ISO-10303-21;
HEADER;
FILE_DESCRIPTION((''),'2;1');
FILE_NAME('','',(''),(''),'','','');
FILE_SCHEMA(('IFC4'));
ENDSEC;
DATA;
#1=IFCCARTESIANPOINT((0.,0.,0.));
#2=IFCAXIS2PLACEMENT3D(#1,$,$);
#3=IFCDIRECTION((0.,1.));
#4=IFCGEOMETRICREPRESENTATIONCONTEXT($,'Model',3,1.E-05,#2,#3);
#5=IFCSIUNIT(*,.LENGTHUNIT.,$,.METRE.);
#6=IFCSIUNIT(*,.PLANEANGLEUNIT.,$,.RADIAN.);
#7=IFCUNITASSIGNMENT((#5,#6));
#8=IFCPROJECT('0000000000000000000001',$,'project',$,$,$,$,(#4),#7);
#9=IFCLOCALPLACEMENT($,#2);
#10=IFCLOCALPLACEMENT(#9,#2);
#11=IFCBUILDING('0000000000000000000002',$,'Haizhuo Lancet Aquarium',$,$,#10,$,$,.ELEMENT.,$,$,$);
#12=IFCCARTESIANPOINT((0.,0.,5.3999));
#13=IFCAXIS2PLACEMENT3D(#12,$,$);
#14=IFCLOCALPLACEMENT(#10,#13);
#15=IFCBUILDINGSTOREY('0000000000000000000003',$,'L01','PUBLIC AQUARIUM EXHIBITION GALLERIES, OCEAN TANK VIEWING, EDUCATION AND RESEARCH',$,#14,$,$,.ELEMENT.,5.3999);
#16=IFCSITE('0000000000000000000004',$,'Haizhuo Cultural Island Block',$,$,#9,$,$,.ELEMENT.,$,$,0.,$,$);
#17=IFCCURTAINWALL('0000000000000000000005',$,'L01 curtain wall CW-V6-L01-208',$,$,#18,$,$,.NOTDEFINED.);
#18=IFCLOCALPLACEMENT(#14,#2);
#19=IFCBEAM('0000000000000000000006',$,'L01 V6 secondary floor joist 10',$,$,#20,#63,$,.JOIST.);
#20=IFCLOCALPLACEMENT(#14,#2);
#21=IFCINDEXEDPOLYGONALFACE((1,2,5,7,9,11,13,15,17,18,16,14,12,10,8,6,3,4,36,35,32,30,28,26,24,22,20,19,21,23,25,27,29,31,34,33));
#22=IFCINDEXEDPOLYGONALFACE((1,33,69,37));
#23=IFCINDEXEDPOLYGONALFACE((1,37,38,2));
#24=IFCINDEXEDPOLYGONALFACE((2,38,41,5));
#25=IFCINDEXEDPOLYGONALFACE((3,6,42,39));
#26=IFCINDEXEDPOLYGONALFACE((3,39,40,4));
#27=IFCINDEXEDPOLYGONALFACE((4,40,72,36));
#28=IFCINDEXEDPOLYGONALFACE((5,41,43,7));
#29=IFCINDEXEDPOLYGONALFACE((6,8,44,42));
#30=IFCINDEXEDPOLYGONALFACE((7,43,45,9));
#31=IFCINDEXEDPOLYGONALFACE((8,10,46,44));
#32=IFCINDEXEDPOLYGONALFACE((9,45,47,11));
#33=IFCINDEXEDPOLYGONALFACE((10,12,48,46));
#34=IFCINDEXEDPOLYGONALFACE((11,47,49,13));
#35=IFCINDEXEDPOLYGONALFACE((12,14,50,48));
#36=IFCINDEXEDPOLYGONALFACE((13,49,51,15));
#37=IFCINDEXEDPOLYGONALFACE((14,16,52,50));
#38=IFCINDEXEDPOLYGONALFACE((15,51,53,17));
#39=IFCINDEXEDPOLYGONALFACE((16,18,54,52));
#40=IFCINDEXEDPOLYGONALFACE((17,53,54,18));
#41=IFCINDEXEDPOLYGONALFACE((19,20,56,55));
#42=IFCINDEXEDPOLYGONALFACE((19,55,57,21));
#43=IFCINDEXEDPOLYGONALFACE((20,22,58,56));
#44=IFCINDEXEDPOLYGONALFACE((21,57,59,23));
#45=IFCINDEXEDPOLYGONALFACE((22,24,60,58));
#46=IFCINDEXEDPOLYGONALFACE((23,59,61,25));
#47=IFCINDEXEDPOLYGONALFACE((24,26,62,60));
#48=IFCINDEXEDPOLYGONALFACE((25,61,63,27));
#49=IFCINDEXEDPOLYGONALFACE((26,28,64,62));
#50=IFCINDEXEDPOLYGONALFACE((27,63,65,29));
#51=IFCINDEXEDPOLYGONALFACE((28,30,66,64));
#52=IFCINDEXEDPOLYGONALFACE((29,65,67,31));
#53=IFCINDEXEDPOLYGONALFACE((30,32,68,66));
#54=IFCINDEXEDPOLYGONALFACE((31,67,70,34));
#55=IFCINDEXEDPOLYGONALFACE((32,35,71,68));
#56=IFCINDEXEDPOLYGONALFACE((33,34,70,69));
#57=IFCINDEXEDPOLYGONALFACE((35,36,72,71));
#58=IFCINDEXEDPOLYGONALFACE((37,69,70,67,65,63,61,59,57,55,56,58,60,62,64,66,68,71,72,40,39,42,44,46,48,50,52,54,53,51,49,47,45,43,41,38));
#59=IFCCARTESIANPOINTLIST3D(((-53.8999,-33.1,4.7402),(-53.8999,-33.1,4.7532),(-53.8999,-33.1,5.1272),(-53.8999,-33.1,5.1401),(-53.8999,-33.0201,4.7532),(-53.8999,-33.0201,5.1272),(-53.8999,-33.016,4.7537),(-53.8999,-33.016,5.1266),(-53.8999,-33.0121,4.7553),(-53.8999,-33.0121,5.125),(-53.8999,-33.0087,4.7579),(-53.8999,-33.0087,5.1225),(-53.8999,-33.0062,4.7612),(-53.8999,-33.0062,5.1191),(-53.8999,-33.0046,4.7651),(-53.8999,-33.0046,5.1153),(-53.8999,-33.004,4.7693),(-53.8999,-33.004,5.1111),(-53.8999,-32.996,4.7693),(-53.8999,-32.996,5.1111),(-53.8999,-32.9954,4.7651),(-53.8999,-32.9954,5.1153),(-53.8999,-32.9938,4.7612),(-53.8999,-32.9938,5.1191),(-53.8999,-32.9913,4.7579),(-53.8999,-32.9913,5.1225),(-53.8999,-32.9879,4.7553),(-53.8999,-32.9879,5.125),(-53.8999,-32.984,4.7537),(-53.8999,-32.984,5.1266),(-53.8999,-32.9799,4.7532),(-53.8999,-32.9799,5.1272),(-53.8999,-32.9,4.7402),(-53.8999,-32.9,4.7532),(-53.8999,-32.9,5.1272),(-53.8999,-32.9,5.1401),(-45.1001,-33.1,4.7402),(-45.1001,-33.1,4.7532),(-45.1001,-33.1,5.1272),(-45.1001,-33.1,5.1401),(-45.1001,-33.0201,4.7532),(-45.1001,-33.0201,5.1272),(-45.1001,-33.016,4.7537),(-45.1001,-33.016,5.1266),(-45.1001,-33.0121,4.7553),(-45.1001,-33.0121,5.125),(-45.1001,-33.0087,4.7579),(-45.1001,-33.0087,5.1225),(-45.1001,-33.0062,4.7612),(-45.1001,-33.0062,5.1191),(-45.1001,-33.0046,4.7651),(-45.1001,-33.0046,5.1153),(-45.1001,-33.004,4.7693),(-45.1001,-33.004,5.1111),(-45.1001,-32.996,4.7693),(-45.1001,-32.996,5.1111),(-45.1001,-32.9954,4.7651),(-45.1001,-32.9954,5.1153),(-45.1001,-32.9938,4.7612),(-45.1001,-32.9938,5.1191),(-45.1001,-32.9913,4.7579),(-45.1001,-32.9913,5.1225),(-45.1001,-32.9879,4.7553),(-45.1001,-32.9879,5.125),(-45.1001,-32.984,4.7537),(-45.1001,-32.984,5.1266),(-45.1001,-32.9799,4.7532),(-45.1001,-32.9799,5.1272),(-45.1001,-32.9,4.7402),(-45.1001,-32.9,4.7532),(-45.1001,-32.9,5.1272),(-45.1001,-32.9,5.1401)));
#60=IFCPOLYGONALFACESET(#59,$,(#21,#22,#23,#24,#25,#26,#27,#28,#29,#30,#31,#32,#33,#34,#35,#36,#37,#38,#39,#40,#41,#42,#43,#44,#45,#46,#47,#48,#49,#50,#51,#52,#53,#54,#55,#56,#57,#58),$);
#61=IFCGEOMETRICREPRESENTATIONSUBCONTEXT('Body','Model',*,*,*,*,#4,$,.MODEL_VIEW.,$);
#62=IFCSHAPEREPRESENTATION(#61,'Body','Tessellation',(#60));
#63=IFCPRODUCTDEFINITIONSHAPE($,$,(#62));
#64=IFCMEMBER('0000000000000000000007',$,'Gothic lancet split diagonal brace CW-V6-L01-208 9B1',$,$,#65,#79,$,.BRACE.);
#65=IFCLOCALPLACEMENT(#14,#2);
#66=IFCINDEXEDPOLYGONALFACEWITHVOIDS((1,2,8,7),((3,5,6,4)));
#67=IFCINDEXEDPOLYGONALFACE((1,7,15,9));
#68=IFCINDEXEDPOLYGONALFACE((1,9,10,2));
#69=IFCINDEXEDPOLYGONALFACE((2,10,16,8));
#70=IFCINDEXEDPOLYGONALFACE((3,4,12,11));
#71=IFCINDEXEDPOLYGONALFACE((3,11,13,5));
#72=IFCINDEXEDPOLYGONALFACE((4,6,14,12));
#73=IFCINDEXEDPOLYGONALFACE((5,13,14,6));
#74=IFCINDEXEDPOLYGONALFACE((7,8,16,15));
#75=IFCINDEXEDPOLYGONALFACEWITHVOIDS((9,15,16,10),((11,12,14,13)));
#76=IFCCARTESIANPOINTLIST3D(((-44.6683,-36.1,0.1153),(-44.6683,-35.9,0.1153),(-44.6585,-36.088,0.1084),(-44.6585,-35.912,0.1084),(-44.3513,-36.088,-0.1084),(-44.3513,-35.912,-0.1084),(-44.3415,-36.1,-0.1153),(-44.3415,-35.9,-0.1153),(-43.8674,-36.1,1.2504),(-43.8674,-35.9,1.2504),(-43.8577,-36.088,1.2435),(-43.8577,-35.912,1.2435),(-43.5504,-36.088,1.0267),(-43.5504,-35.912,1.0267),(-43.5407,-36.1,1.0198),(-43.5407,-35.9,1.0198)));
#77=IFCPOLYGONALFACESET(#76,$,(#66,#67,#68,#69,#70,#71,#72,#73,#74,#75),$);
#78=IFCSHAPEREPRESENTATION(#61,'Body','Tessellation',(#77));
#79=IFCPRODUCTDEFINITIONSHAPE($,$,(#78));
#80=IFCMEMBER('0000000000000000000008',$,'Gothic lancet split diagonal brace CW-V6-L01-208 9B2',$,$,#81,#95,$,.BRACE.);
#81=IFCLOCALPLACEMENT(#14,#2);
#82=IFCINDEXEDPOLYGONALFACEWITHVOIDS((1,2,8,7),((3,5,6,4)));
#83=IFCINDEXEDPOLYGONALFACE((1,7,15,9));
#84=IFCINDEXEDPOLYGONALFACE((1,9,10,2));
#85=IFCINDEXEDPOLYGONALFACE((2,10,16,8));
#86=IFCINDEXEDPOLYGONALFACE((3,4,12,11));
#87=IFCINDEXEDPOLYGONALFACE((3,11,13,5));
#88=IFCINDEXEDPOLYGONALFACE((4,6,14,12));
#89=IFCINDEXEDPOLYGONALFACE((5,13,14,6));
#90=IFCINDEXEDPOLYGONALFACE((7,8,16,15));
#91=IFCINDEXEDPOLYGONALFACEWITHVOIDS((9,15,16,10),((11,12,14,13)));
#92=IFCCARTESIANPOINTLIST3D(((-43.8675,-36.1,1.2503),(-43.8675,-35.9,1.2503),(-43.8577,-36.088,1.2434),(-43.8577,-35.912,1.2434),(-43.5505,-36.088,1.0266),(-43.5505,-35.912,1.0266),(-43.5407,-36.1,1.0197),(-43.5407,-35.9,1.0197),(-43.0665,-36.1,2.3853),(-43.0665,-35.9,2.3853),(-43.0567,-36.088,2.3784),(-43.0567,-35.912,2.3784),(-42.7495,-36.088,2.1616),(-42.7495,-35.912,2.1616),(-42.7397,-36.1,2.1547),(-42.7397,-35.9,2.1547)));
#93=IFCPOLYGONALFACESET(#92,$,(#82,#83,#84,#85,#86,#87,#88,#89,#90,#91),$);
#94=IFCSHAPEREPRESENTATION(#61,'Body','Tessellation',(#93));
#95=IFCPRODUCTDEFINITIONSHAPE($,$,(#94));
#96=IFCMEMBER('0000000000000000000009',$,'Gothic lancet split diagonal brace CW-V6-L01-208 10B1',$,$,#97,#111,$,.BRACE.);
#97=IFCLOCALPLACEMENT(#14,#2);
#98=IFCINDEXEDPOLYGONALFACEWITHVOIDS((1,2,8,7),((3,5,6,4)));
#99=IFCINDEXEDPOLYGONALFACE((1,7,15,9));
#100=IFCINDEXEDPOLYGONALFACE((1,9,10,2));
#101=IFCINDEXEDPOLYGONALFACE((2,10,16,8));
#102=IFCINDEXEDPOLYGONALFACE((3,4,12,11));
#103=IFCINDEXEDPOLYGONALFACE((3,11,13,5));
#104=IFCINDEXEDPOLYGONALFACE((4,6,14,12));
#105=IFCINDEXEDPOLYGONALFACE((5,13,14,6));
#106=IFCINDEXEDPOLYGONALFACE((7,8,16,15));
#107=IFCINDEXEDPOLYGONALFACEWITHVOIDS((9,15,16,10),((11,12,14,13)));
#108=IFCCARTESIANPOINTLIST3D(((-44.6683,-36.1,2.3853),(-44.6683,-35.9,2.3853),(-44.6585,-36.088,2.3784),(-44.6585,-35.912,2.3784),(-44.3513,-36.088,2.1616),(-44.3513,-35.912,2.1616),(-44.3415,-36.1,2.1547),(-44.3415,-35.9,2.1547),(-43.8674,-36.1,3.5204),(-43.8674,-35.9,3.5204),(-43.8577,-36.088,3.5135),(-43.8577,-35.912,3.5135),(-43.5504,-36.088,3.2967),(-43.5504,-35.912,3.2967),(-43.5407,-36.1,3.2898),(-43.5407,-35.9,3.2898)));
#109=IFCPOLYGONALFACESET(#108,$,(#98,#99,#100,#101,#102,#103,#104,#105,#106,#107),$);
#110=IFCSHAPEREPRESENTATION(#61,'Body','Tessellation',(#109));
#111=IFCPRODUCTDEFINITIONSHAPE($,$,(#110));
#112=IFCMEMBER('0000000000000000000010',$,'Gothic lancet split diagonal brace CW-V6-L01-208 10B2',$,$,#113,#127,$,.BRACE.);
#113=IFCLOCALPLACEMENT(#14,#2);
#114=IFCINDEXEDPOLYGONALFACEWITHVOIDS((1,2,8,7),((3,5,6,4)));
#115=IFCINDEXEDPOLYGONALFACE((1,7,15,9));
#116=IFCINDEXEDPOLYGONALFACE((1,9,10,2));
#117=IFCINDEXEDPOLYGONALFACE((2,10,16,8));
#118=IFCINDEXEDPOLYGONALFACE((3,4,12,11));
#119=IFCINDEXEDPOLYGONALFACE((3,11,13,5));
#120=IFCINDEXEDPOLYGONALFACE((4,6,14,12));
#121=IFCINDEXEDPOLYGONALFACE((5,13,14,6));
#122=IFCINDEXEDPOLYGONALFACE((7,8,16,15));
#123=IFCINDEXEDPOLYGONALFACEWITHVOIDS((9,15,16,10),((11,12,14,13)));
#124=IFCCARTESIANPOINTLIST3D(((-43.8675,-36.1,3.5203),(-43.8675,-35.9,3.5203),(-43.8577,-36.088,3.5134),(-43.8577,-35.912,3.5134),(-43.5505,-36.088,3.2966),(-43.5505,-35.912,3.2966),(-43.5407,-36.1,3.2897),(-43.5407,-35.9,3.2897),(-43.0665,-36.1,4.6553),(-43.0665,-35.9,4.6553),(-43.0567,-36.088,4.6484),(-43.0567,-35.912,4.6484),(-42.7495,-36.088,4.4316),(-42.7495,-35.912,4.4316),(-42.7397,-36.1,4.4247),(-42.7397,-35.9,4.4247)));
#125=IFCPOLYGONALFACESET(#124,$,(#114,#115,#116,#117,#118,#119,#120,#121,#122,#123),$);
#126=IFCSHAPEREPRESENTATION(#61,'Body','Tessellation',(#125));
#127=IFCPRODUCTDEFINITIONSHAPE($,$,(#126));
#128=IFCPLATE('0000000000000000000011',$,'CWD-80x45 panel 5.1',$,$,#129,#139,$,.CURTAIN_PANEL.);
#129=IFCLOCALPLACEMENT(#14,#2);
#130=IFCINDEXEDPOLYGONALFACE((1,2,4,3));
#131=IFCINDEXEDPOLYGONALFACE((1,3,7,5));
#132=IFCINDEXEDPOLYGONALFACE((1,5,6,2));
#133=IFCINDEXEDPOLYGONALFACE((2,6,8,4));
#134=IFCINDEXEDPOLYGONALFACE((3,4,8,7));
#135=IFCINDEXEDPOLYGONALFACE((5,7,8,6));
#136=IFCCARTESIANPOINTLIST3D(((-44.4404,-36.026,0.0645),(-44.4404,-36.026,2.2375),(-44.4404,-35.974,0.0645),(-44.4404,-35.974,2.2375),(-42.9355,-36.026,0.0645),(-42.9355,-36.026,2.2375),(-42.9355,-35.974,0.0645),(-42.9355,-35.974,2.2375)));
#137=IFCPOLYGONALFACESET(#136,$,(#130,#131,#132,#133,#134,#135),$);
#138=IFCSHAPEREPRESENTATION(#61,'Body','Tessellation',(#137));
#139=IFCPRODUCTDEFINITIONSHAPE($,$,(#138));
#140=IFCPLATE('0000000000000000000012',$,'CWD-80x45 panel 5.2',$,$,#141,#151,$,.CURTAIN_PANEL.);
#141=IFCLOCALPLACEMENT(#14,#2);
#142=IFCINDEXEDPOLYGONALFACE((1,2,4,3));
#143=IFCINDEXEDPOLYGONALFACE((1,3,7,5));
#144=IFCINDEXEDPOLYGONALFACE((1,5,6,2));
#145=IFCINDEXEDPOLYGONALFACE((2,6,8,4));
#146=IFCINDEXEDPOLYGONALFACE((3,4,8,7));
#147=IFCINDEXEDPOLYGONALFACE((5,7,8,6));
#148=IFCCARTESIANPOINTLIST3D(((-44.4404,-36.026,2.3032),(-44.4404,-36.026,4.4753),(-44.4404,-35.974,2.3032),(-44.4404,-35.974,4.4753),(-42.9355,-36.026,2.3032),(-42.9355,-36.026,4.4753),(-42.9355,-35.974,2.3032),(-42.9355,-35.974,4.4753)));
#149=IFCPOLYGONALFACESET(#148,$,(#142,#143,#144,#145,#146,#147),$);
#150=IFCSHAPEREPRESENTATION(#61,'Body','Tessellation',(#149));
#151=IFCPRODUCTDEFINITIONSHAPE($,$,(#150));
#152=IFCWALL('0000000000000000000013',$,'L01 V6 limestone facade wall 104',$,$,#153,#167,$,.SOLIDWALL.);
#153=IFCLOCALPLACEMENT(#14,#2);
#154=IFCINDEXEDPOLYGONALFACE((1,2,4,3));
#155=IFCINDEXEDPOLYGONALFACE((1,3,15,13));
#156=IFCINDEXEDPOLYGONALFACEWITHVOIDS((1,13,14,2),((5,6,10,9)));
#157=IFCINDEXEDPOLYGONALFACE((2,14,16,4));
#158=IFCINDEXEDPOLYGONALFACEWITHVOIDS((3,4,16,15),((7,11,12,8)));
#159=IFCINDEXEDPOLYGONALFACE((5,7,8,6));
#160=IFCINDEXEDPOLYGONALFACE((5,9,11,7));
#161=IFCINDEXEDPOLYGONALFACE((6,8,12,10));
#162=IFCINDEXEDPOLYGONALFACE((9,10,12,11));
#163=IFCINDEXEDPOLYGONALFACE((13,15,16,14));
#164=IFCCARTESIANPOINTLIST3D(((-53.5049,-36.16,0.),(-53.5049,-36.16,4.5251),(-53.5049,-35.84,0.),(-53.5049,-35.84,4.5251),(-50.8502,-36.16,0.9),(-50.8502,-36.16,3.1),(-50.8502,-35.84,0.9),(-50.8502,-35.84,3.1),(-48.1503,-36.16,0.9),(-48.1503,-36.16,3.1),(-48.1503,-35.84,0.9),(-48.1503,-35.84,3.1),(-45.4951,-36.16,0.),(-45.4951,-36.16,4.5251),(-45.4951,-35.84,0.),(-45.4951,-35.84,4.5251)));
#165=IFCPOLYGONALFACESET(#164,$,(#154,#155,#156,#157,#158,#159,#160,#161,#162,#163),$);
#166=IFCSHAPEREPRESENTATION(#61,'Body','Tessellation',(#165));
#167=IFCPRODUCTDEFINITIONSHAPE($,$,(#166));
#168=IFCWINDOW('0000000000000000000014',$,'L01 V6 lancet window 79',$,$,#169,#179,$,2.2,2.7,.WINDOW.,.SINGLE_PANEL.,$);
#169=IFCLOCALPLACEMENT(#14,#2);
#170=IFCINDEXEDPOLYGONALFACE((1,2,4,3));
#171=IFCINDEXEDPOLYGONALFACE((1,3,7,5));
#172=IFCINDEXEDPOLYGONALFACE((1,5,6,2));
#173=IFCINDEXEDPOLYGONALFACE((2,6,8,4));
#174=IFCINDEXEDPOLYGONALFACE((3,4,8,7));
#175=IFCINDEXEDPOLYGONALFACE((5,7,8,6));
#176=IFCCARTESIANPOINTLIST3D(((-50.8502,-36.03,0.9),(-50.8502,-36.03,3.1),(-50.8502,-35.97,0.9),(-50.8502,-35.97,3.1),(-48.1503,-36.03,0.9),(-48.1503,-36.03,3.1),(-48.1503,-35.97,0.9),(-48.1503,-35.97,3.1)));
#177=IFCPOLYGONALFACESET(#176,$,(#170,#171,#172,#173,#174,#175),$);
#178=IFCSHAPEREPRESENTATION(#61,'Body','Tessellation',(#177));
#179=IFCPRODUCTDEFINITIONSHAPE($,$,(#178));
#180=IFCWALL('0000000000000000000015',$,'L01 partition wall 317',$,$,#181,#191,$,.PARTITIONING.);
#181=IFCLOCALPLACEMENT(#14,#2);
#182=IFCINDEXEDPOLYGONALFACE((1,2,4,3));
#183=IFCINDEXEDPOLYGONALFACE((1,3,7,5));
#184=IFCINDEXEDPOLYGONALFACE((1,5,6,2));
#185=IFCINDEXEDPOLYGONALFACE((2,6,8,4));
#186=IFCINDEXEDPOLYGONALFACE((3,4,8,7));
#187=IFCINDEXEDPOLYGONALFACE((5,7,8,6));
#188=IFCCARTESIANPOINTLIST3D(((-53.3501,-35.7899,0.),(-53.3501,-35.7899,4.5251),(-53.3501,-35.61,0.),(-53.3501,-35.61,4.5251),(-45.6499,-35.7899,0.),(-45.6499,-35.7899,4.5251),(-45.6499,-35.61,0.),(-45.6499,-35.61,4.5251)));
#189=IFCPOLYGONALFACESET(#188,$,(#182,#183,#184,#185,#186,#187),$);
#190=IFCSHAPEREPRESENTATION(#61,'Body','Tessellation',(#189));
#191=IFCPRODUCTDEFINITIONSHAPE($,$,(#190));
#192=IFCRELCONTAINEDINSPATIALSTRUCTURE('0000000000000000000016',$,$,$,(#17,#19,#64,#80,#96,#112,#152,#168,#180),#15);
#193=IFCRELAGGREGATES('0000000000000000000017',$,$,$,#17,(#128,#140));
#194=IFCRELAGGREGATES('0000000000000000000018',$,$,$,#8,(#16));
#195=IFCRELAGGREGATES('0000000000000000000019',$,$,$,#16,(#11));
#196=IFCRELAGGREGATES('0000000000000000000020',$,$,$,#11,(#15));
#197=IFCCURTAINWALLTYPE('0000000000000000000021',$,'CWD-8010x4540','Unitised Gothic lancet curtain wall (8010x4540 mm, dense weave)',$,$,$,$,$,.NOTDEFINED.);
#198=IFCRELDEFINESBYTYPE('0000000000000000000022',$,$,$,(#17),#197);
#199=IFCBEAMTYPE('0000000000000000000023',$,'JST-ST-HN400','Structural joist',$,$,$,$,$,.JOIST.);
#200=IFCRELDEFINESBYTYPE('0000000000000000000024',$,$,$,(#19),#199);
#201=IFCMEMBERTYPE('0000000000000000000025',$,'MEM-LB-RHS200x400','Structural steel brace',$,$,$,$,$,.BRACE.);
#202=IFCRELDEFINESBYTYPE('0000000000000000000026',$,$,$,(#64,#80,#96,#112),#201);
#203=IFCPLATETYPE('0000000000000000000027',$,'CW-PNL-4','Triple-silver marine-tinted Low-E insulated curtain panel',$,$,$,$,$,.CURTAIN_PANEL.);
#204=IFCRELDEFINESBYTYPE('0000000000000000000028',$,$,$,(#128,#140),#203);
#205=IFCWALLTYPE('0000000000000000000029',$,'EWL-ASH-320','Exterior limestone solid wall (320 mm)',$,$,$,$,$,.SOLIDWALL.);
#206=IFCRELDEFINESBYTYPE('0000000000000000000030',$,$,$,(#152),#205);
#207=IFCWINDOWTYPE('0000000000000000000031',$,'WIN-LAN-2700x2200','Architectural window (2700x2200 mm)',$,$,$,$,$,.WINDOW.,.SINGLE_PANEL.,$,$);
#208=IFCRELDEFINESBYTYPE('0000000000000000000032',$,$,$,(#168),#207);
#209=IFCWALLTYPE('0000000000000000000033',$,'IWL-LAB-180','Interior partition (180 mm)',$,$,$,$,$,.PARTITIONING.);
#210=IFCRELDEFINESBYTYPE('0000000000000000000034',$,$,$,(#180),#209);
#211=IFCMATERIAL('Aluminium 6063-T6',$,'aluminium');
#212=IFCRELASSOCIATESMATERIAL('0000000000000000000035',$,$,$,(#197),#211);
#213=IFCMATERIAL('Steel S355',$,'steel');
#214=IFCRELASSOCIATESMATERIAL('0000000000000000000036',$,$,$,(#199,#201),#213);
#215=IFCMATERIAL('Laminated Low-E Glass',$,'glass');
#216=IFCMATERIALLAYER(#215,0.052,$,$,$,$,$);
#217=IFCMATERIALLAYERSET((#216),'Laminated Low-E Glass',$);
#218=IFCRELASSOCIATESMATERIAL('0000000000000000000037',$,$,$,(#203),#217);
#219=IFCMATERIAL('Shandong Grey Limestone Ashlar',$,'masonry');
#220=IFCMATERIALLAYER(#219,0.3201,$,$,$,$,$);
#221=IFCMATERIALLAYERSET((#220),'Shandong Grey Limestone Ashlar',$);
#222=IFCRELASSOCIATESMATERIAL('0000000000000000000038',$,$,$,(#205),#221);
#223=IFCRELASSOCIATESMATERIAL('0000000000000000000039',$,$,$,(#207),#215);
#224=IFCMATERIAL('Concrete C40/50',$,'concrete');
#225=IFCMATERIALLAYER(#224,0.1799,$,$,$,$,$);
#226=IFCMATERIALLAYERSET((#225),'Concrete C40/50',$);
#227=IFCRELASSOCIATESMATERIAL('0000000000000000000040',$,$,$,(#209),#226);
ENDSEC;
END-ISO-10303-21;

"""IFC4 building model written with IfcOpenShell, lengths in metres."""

from ifc_helpers import new_model, si_unit, direction, frame, frame_2d, origin, origin_2d, place, context, subcontext, project, spatial, rectangle, hollow_rectangle, i_section, extrude, material, layer, layer_set, material_profile, profile_set, type_object, element, fill, aggregate, save


model = new_model("IFC4")

# Units and contexts
model_context = context("Model", 3, precision=1e-05, world=origin(), true_north=direction((0.0, 1.0)))
body_context = subcontext(model_context, "Body", "Model", "MODEL_VIEW")
ifc_project = project(units=[si_unit("LENGTHUNIT", "METRE"), si_unit("PLANEANGLEUNIT", "RADIAN")], contexts=[model_context])

# Site, building, storey
site_placement = place(None, origin())
site = spatial("IfcSite", under=ifc_project, at=site_placement, Name="Haizhuo Cultural Island Block", CompositionType="ELEMENT", RefElevation=0.0)
building_placement = place(site_placement, origin())
building = spatial("IfcBuilding", under=site, at=building_placement, Name="Haizhuo Lancet Aquarium", CompositionType="ELEMENT")
storey_placement = place(building_placement, frame((0.0, 0.0, 5.3999)))
storey = spatial("IfcBuildingStorey", under=building, at=storey_placement, Name="L01", Description="PUBLIC AQUARIUM EXHIBITION GALLERIES, OCEAN TANK VIEWING, EDUCATION AND RESEARCH", CompositionType="ELEMENT", Elevation=5.3999)

# Shared definitions
ifc_material_1 = material(Name="Concrete C40/50", Category="concrete")

# Shared definitions
ifc_material_2 = material(Name="Steel S355", Category="steel")

# Curtain wall
ifc_material_3 = material(Name="Aluminium 6063-T6", Category="aluminium")
curtain_wall_type = type_object("IfcCurtainWallType", Name="CWD-8010x4540", Description="Unitised Gothic lancet curtain wall (8010x4540 mm, dense weave)", PredefinedType="NOTDEFINED", material=ifc_material_3)
curtain_wall_placement = place(storey_placement, origin())
curtain_wall = element("IfcCurtainWall", 1, at=curtain_wall_placement, inside=storey, type_object=curtain_wall_type, Name="L01 curtain wall CW-V6-L01-208", PredefinedType="NOTDEFINED")

# Beam
ifc_material_profile_1 = material_profile(ifc_material_2, i_section(OverallWidth=0.2, OverallDepth=0.3999, WebThickness=0.0081, FlangeThickness=0.0129, FilletRadius=0.0161, at=origin_2d()), Name="HN 400x200x8x13")
ifc_profile_set_1 = profile_set([ifc_material_profile_1], Name="Steel S355")
beam_type_1 = type_object("IfcBeamType", Name="JST-ST-HN400", Description="Structural joist", PredefinedType="JOIST", material=ifc_profile_set_1)
beam_1_placement = place(storey_placement, frame((-53.8999, -33.0, 4.9402), z_axis=(1.0, 0.0, 0.0), x_axis=(0.0, 1.0, 0.0)))
element("IfcBeam", 2, at=beam_1_placement, inside=storey, type_object=beam_type_1, Name="L01 V6 secondary floor joist 10", PredefinedType="JOIST", context=body_context, shape_type="SweptSolid", body=[
    extrude(i_section(OverallWidth=0.2, OverallDepth=0.3999, WebThickness=0.0081, FlangeThickness=0.0129, FilletRadius=0.0161, at=origin_2d()), origin(), (0.0, 0.0, 1.0), 8.7998),
])

# Members
ifc_material_profile_2 = material_profile(ifc_material_2, hollow_rectangle(XDim=0.2, YDim=0.3999, WallThickness=0.012, at=origin_2d()), Name="RHS 200x400x12")
ifc_profile_set_2 = profile_set([ifc_material_profile_2], Name="Steel S355")
member_type_1 = type_object("IfcMemberType", Name="MEM-LB-RHS200x400", Description="Structural steel brace", PredefinedType="BRACE", material=ifc_profile_set_2)
for number, where, z_axis, x_axis, name in (
    (3, (-44.5049, -36.0, 0.0), (0.57649, 0.0, 0.817104), (0.0, 1.0, 0.0), "Gothic lancet split diagonal brace CW-V6-L01-208 9B1"),
    (4, (-43.7041, -36.0, 1.135), (0.576607, 0.0, 0.817021), (0.0, 1.0, 0.0), "Gothic lancet split diagonal brace CW-V6-L01-208 9B2"),
    (5, (-44.5049, -36.0, 2.27), (0.57649, 0.0, 0.817104), (0.0, 1.0, 0.0), "Gothic lancet split diagonal brace CW-V6-L01-208 10B1"),
    (6, (-43.7041, -36.0, 3.405), (0.576607, 0.0, 0.817021), (0.0, 1.0, 0.0), "Gothic lancet split diagonal brace CW-V6-L01-208 10B2"),
):
    element("IfcMember", number, at=place(storey_placement, frame(where, z_axis=z_axis, x_axis=x_axis)), inside=storey, type_object=member_type_1, Name=name, PredefinedType="BRACE", context=body_context, shape_type="SweptSolid", body=[
        extrude(hollow_rectangle(XDim=0.2, YDim=0.3999, WallThickness=0.012, at=origin_2d()), origin(), (0.0, 0.0, 1.0), 1.3892),
    ])

# Plates
ifc_material_4 = material(Name="Laminated Low-E Glass", Category="glass")
ifc_layer_1 = layer(ifc_material_4, 0.052)
ifc_layer_set_1 = layer_set([ifc_layer_1], Name="Laminated Low-E Glass")
plate_type = type_object("IfcPlateType", Name="CW-PNL-4", Description="Triple-silver marine-tinted Low-E insulated curtain panel", PredefinedType="CURTAIN_PANEL", material=ifc_layer_set_1)
plate_1_placement = place(storey_placement, frame((-43.688, -36.0, 0.0645), z_axis=(0.0, 0.0, 1.0), x_axis=(-1.0, 0.0, 0.0)))
plate_1 = element("IfcPlate", 7, at=plate_1_placement, type_object=plate_type, Name="CWD-80x45 panel 5.1", PredefinedType="CURTAIN_PANEL", context=body_context, shape_type="SweptSolid", body=[
    extrude(rectangle(XDim=1.5049, YDim=0.052, at=origin_2d()), origin(), (0.0, 0.0, 1.0), 2.1731),
])
plate_2_placement = place(storey_placement, frame((-43.688, -36.0, 2.3032), z_axis=(0.0, 0.0, 1.0), x_axis=(-1.0, 0.0, 0.0)))
plate_2 = element("IfcPlate", 8, at=plate_2_placement, type_object=plate_type, Name="CWD-80x45 panel 5.2", PredefinedType="CURTAIN_PANEL", context=body_context, shape_type="SweptSolid", body=[
    extrude(rectangle(XDim=1.5049, YDim=0.052, at=origin_2d()), origin(), (0.0, 0.0, 1.0), 2.1721),
])
aggregate(curtain_wall, [plate_1, plate_2])

# Wall, opening, window
ifc_material_5 = material(Name="Shandong Grey Limestone Ashlar", Category="masonry")
ifc_layer_2 = layer(ifc_material_5, 0.3201)
ifc_layer_set_2 = layer_set([ifc_layer_2], Name="Shandong Grey Limestone Ashlar")
wall_type_1 = type_object("IfcWallType", Name="EWL-ASH-320", Description="Exterior limestone solid wall (320 mm)", PredefinedType="SOLIDWALL", material=ifc_layer_set_2)
wall_placement = place(storey_placement, frame((-45.4951, -36.0, 0.0), z_axis=(0.0, 0.0, 1.0), x_axis=(-1.0, 0.0, 0.0)))
wall = element("IfcWall", 9, at=wall_placement, inside=storey, type_object=wall_type_1, Name="L01 V6 limestone facade wall 104", PredefinedType="SOLIDWALL", context=body_context, shape_type="SweptSolid", body=[
    extrude(rectangle(XDim=8.0098, YDim=0.3201, at=frame_2d((4.0049, 0.0))), origin(), (0.0, 0.0, 1.0), 4.5251),
])
opening_placement = place(wall_placement, frame((2.655, 0.0, 0.8999)))
opening = element("IfcOpeningElement", 10, at=opening_placement, cuts=wall, PredefinedType="OPENING", context=body_context, shape_type="SweptSolid", body=[
    extrude(rectangle(XDim=2.7, YDim=2.2, at=frame_2d((1.3501, 1.1001))), frame((0.0, 0.1699, 0.0), z_axis=(0.0, -1.0, 0.0), x_axis=(1.0, 0.0, 0.0)), (0.0, 0.0, 1.0), 0.3401),
])
window_type = type_object("IfcWindowType", Name="WIN-LAN-2700x2200", Description="Architectural window (2700x2200 mm)", PartitioningType="SINGLE_PANEL", PredefinedType="WINDOW", material=ifc_material_4)
window_placement = place(opening_placement, origin())
window = element("IfcWindow", 11, at=window_placement, inside=storey, type_object=window_type, Name="L01 V6 lancet window 79", OverallHeight=2.2, OverallWidth=2.7, PartitioningType="SINGLE_PANEL", PredefinedType="WINDOW", context=body_context, shape_type="SweptSolid", body=[
    extrude(rectangle(XDim=2.7, YDim=2.2, at=frame_2d((1.3501, 1.1001))), frame((0.0, 0.03, 0.0), z_axis=(0.0, -1.0, 0.0), x_axis=(1.0, 0.0, 0.0)), (0.0, 0.0, 1.0), 0.0601),
])
fill(opening, window)

# Wall
ifc_layer_3 = layer(ifc_material_1, 0.1799)
ifc_layer_set_3 = layer_set([ifc_layer_3], Name="Concrete C40/50")
wall_type_2 = type_object("IfcWallType", Name="IWL-LAB-180", Description="Interior partition (180 mm)", PredefinedType="PARTITIONING", material=ifc_layer_set_3)
for number, where, z_axis, x_axis, name in (
    (12, (-53.3501, -35.7, 0.0), (0.0, 0.0, 1.0), (1.0, 0.0, 0.0), "L01 partition wall 317"),
):
    element("IfcWall", number, at=place(storey_placement, frame(where, z_axis=z_axis, x_axis=x_axis)), inside=storey, type_object=wall_type_2, Name=name, PredefinedType="PARTITIONING", context=body_context, shape_type="SweptSolid", body=[
        extrude(rectangle(XDim=7.7002, YDim=0.1799, at=frame_2d((3.8501, 0.0))), origin(), (0.0, 0.0, 1.0), 4.5251),
    ])

save(model, "model.ifc")
